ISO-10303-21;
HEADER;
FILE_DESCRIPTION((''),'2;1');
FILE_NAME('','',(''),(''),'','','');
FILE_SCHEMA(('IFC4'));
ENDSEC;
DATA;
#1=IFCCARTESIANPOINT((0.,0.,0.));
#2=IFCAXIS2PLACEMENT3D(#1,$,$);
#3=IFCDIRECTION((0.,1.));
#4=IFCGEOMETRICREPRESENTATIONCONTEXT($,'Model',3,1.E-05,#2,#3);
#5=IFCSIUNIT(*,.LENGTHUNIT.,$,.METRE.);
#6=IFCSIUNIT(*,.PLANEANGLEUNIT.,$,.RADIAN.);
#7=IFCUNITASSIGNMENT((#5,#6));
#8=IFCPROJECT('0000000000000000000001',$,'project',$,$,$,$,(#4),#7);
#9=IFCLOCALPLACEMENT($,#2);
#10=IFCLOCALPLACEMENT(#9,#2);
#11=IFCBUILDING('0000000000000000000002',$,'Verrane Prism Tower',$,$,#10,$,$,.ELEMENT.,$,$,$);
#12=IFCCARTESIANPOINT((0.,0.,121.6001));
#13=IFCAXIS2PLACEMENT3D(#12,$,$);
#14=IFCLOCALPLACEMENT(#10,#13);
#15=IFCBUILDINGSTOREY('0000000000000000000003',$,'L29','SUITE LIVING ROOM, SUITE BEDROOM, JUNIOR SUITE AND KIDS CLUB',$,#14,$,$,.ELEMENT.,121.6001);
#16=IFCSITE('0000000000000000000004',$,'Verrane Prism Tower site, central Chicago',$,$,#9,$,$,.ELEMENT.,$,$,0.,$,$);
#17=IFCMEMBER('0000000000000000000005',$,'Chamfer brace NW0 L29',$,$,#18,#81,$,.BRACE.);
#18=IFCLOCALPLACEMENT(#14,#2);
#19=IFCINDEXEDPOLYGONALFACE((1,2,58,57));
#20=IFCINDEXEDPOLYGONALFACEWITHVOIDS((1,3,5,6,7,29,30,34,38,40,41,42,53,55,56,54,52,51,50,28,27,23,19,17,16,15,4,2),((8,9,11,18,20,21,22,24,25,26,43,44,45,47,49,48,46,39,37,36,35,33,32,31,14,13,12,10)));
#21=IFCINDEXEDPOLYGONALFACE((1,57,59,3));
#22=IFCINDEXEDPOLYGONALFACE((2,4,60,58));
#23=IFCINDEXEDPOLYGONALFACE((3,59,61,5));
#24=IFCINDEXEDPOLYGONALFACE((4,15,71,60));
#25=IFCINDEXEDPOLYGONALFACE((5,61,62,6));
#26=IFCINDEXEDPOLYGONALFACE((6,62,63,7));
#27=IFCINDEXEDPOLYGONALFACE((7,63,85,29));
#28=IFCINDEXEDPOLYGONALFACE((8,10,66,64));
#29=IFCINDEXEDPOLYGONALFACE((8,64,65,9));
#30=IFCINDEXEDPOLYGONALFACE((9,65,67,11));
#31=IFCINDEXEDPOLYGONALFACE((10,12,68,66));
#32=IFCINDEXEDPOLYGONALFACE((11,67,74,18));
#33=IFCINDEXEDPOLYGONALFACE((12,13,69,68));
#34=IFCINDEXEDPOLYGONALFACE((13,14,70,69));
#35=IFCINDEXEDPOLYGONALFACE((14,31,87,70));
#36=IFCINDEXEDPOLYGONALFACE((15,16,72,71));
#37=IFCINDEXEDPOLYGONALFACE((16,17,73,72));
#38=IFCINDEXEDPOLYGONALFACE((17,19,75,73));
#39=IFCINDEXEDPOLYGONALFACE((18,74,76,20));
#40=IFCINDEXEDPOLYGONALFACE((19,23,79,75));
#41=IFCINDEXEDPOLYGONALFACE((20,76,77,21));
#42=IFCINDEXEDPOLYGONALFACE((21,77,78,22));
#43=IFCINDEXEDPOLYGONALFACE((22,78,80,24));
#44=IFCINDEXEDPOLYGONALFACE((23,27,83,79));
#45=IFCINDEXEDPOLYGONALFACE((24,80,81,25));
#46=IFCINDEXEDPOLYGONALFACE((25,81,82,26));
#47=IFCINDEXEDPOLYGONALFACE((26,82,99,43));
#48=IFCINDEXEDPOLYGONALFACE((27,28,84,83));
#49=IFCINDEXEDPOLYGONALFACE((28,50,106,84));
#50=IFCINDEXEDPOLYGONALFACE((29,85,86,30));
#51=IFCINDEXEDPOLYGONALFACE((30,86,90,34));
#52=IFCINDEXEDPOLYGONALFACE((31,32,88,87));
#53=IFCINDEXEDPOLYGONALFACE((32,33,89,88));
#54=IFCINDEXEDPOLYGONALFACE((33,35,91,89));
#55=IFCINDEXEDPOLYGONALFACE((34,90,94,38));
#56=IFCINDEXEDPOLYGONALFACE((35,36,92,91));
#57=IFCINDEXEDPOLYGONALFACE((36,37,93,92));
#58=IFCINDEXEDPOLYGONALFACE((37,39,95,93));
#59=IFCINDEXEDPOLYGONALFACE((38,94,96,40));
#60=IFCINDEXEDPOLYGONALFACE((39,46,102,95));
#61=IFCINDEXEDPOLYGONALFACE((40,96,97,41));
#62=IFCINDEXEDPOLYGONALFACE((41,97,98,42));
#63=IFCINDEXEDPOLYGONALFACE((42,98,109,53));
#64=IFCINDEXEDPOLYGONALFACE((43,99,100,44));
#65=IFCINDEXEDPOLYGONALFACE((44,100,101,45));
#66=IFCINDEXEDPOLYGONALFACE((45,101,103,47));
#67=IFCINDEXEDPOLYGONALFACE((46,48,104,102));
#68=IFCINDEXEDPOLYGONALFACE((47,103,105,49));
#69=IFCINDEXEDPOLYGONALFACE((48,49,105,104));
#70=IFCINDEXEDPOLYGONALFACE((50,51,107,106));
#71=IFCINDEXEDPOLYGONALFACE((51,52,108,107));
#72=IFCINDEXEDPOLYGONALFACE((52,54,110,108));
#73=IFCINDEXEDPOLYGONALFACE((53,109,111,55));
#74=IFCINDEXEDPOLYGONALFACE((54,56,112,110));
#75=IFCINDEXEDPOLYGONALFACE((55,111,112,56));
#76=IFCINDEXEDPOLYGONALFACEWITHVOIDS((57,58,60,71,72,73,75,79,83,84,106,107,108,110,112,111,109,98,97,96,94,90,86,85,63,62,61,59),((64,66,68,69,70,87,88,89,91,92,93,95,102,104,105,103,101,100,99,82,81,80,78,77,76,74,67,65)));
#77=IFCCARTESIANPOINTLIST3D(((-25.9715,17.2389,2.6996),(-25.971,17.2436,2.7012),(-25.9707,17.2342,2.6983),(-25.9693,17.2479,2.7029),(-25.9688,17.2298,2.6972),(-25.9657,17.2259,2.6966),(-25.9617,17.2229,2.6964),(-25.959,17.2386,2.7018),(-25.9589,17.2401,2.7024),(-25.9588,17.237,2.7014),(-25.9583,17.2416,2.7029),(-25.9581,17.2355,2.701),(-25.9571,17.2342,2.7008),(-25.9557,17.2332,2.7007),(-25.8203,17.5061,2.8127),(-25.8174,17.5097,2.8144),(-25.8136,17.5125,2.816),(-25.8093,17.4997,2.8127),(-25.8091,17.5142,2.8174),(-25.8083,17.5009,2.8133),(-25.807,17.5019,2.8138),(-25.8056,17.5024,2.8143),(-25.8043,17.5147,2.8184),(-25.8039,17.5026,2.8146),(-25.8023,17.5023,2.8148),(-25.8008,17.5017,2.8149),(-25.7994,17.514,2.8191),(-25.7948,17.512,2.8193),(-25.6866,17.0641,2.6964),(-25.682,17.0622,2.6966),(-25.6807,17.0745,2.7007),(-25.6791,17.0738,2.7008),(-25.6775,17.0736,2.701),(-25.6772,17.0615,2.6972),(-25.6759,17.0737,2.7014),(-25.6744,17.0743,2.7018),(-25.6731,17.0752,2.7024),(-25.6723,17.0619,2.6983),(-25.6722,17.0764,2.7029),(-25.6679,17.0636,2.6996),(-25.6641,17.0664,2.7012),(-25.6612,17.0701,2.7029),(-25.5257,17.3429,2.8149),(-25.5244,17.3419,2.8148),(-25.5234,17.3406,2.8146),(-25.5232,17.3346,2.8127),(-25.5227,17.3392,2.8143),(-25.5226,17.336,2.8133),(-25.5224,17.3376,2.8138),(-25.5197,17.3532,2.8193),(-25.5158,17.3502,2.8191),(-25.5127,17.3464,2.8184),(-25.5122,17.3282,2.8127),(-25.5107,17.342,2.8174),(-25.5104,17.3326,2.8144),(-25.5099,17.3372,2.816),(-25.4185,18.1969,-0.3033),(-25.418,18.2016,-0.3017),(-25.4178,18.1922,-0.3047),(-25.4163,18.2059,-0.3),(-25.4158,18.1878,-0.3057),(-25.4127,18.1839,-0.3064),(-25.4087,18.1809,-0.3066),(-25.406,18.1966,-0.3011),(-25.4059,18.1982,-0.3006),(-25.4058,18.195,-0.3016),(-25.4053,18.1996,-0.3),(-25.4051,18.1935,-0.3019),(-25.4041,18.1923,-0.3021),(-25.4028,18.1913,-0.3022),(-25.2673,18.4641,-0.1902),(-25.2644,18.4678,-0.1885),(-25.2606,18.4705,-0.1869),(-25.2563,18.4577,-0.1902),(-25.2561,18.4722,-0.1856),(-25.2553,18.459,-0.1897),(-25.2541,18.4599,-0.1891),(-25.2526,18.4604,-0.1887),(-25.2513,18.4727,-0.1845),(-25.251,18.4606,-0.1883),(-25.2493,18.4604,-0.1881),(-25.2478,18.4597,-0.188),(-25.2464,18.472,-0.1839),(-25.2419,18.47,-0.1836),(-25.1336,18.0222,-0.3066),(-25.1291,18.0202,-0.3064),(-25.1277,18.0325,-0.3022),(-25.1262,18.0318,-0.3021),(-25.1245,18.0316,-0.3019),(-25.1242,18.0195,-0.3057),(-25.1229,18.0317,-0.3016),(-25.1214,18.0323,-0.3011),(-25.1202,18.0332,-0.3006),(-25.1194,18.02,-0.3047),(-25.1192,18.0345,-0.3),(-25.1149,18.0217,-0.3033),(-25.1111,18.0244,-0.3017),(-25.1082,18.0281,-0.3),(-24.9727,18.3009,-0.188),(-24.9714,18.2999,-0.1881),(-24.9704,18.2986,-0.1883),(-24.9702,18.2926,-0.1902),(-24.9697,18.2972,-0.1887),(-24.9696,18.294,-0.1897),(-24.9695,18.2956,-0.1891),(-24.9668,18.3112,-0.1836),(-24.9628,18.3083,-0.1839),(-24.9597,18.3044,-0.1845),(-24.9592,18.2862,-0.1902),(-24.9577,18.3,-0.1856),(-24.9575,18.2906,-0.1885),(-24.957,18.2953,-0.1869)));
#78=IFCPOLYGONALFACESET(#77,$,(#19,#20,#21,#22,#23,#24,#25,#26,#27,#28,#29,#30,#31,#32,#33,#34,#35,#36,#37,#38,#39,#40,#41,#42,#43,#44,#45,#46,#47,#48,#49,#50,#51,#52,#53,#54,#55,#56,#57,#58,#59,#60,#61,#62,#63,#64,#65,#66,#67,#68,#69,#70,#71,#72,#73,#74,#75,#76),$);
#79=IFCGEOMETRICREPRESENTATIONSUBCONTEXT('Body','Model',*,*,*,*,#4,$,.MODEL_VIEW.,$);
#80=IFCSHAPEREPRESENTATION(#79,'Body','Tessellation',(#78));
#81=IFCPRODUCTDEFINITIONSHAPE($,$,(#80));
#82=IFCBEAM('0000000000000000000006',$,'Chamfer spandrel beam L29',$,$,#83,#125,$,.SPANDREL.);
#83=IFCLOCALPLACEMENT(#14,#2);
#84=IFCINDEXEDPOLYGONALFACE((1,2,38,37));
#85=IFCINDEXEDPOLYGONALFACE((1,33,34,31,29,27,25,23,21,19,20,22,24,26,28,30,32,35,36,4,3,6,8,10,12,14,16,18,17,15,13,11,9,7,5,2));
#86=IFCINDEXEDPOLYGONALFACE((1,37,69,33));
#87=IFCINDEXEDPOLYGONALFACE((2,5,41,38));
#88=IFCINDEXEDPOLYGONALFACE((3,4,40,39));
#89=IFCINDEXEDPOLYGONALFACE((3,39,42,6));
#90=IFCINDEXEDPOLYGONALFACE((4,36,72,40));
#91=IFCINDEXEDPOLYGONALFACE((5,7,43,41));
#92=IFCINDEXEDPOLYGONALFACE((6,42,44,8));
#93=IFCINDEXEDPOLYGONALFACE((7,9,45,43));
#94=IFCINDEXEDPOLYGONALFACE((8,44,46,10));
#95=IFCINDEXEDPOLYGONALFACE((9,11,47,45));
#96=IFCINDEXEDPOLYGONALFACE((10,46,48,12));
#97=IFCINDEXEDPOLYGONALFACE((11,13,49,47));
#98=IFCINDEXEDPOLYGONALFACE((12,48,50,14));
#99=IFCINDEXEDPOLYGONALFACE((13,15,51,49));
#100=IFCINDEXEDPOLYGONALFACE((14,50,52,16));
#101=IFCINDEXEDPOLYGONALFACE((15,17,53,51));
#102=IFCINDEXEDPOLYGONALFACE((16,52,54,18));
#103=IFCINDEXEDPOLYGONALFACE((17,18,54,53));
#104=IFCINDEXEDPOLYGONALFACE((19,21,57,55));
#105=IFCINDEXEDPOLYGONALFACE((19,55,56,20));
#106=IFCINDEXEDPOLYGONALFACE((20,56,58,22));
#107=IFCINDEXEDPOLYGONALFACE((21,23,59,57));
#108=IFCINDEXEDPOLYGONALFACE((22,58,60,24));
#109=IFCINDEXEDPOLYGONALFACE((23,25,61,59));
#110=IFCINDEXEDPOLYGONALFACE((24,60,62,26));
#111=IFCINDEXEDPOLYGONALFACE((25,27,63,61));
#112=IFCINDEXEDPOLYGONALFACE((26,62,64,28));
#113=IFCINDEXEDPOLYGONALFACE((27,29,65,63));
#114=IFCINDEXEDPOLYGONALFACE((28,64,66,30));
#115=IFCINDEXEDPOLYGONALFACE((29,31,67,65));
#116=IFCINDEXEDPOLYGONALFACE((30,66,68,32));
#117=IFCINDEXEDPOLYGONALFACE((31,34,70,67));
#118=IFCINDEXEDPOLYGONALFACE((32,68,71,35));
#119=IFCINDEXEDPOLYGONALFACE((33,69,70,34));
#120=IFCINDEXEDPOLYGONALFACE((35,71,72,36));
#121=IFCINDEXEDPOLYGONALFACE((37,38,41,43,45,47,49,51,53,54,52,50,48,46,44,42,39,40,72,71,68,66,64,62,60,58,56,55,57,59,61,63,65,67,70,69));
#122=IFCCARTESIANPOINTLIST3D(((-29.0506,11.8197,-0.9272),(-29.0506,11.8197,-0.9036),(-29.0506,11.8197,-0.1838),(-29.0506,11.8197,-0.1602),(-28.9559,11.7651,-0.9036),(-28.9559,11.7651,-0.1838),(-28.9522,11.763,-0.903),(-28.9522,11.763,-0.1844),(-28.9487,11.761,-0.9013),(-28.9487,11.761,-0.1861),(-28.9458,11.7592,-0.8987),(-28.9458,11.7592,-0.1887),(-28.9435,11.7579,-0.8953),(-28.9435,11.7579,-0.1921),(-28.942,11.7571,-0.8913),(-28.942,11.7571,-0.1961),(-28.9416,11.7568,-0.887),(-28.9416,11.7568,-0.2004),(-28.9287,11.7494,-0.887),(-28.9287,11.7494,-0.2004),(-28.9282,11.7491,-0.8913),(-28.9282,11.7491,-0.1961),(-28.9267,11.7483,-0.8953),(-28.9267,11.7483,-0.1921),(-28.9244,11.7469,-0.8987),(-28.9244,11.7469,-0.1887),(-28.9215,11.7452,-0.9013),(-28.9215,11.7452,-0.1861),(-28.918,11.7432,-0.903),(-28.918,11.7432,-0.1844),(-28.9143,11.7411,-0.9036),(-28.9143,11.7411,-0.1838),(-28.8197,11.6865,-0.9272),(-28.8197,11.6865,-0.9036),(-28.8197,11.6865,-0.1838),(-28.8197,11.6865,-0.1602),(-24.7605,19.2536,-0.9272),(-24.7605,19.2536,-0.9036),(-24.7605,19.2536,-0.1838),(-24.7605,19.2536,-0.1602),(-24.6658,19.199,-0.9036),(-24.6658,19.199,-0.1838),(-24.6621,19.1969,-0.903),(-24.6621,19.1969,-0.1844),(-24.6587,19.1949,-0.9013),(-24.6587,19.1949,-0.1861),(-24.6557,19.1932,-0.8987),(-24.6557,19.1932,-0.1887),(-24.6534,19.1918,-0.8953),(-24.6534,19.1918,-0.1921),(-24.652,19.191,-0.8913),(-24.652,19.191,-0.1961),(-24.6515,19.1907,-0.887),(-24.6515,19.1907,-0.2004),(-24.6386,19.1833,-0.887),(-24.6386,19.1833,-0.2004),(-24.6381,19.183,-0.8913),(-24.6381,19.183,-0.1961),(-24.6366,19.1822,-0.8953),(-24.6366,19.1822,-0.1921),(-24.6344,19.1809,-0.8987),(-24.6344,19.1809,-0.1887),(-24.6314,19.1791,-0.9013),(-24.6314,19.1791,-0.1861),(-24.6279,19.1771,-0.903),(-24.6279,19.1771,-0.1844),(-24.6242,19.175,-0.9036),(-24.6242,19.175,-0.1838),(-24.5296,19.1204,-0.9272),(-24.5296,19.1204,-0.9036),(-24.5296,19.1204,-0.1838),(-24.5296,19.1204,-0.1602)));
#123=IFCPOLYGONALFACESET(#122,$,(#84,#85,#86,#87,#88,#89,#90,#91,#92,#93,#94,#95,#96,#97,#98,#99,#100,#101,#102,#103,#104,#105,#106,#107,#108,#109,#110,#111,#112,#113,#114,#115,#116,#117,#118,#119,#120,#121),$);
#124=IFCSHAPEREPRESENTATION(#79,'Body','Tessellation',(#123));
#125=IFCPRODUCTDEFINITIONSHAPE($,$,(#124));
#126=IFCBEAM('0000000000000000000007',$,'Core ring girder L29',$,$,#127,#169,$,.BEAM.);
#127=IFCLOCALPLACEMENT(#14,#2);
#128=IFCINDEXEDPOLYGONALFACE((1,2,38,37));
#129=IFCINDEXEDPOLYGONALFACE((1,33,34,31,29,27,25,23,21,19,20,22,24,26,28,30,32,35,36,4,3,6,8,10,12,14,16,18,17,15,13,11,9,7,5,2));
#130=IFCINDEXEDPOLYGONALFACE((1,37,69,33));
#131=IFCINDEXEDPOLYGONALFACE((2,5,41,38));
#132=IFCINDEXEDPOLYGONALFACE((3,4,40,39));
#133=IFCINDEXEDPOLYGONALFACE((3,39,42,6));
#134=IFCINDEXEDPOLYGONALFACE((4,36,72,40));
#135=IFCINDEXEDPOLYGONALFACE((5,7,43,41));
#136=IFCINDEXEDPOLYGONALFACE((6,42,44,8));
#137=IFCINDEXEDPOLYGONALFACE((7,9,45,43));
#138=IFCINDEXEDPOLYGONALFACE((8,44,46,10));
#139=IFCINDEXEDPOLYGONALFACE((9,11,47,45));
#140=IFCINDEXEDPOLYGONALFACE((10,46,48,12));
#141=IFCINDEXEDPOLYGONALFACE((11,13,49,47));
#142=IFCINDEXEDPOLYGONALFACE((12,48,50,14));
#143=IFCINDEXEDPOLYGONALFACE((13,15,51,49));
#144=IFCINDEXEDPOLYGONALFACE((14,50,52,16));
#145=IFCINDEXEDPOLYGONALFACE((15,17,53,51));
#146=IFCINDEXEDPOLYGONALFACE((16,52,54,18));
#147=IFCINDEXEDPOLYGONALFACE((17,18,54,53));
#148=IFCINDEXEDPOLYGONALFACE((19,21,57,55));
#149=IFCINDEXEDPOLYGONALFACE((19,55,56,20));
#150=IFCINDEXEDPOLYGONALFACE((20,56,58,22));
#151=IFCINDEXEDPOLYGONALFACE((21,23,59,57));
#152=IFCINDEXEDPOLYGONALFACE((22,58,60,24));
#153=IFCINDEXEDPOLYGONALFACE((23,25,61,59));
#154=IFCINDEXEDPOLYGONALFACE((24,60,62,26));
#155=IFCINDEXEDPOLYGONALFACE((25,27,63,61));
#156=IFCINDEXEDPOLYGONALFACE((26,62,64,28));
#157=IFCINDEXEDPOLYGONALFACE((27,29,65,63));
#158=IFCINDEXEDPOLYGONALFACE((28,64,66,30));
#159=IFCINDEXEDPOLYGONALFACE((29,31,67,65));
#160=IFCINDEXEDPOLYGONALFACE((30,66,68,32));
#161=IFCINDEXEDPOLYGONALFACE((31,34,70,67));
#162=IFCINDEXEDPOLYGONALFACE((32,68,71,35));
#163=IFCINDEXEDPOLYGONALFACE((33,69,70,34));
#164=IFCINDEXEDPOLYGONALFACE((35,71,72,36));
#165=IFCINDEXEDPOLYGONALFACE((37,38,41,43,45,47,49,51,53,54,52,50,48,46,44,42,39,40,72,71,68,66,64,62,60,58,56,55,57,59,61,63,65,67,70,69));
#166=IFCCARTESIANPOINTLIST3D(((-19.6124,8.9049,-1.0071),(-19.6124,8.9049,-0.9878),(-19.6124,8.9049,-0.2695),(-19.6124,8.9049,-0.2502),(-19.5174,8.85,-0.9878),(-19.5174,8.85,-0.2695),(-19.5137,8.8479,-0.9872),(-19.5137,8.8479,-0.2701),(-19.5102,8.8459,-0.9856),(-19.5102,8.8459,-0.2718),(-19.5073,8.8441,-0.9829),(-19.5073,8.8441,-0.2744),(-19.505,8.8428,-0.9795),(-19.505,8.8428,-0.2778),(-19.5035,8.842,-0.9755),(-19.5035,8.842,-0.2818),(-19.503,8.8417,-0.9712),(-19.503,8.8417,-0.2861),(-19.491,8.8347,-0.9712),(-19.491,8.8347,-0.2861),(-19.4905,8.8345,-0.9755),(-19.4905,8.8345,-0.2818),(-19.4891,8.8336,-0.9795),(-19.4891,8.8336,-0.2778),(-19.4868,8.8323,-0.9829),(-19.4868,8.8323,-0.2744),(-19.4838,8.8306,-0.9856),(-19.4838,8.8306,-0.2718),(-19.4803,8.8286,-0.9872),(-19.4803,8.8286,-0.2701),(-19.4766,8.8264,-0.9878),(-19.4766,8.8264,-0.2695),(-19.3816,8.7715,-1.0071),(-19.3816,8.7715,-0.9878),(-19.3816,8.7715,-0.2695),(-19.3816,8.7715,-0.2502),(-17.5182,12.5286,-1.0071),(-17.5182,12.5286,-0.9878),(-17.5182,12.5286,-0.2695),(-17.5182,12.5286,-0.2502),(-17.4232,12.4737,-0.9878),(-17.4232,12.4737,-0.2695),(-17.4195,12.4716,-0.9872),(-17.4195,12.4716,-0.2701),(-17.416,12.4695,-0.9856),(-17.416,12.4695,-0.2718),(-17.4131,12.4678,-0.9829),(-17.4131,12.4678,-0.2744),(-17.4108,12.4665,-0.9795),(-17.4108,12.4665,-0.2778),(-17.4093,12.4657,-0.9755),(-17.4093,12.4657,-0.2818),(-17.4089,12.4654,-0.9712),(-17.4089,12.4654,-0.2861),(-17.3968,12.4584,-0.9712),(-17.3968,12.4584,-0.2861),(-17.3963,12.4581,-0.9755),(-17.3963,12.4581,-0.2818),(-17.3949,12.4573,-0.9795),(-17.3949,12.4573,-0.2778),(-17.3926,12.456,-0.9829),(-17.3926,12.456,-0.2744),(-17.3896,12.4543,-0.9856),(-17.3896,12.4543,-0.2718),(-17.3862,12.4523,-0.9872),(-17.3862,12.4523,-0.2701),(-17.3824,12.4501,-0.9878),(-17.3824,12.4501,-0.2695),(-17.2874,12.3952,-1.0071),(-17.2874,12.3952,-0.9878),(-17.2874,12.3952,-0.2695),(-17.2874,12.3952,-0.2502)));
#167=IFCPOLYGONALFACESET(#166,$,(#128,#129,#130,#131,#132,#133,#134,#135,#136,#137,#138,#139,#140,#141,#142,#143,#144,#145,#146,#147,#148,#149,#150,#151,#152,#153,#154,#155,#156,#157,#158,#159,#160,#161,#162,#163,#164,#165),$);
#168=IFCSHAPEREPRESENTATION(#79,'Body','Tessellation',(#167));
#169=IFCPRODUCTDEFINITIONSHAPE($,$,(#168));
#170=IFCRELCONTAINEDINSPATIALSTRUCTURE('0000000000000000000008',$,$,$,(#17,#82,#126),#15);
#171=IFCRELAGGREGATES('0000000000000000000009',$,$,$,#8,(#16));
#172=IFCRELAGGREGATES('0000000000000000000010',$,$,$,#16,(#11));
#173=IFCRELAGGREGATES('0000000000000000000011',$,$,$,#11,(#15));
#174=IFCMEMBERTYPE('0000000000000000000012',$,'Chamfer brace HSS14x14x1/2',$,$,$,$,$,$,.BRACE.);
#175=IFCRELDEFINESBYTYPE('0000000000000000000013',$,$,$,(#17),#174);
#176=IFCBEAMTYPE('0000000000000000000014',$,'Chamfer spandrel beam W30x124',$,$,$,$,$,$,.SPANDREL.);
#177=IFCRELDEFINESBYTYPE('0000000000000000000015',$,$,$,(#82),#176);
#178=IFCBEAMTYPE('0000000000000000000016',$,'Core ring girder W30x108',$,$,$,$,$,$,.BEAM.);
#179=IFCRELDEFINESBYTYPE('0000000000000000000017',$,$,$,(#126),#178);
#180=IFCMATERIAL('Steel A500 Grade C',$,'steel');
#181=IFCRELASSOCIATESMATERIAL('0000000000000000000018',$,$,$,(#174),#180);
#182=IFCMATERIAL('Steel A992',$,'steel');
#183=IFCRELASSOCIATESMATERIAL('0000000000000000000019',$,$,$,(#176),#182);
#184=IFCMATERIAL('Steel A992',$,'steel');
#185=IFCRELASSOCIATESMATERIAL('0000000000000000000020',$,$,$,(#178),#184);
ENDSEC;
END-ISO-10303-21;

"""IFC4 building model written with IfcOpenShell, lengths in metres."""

from ifc_helpers import new_model, si_unit, direction, frame, origin, origin_2d, place, context, subcontext, project, spatial, hollow_rectangle, i_section, extrude, material, material_profile, profile_set, type_object, element, save


model = new_model("IFC4")

# Units and contexts
model_context = context("Model", 3, precision=1e-05, world=origin(), true_north=direction((0.0, 1.0)))
body_context = subcontext(model_context, "Body", "Model", "MODEL_VIEW")
ifc_project = project(units=[si_unit("LENGTHUNIT", "METRE"), si_unit("PLANEANGLEUNIT", "RADIAN")], contexts=[model_context])

# Site, building, storey
site_placement = place(None, origin())
site = spatial("IfcSite", under=ifc_project, at=site_placement, Name="Verrane Prism Tower site, central Chicago", CompositionType="ELEMENT", RefElevation=0.0)
building_placement = place(site_placement, origin())
building = spatial("IfcBuilding", under=site, at=building_placement, Name="Verrane Prism Tower", CompositionType="ELEMENT")
storey_placement = place(building_placement, frame((0.0, 0.0, 121.6001)))
storey = spatial("IfcBuildingStorey", under=building, at=storey_placement, Name="L29", Description="SUITE LIVING ROOM, SUITE BEDROOM, JUNIOR SUITE AND KIDS CLUB", CompositionType="ELEMENT", Elevation=121.6001)

# Member
ifc_material_1 = material(Name="Steel A500 Grade C", Category="steel")
ifc_material_profile_1 = material_profile(ifc_material_1, hollow_rectangle(XDim=0.3557, YDim=0.3557, WallThickness=0.0127, InnerFilletRadius=0.0063, OuterFilletRadius=0.019, at=origin_2d()), Name="HSS14x14x1/2")
ifc_profile_set_1 = profile_set([ifc_material_profile_1], Name="Steel A500 Grade C")
member_type_1 = type_object("IfcMemberType", Name="Chamfer brace HSS14x14x1/2", PredefinedType="BRACE", material=ifc_profile_set_1)
member_1_placement = place(storey_placement, frame((-25.1877, 18.2461, -0.2451), z_axis=(-0.172796, -0.299361, 0.938363), x_axis=(0.866075, -0.499914, 0.0)))
element("IfcMember", 1, at=member_1_placement, inside=storey, type_object=member_type_1, Name="Chamfer brace NW0 L29", PredefinedType="BRACE", context=body_context, shape_type="SweptSolid", body=[
    extrude(hollow_rectangle(XDim=0.3557, YDim=0.3557, WallThickness=0.0127, InnerFilletRadius=0.0063, OuterFilletRadius=0.019, at=origin_2d()), origin(), (0.0, 0.0, 1.0), 3.2002),
])

# Beams
ifc_material_2 = material(Name="Steel A992", Category="steel")
ifc_material_profile_2 = material_profile(ifc_material_2, i_section(OverallWidth=0.2666, OverallDepth=0.7671, WebThickness=0.0149, FlangeThickness=0.0237, FilletRadius=0.0166, at=origin_2d()), Name="W30x124")
ifc_profile_set_2 = profile_set([ifc_material_profile_2], Name="Steel A992")
beam_type_1 = type_object("IfcBeamType", Name="Chamfer spandrel beam W30x124", PredefinedType="SPANDREL", material=ifc_profile_set_2)
beam_1_placement = place(storey_placement, frame((-24.645, 19.187, -0.5437), z_axis=(-0.499835, -0.866121, 0.0), x_axis=(0.866121, -0.499835, 0.0)))
element("IfcBeam", 2, at=beam_1_placement, inside=storey, type_object=beam_type_1, Name="Chamfer spandrel beam L29", PredefinedType="SPANDREL", context=body_context, shape_type="SweptSolid", body=[
    extrude(i_section(OverallWidth=0.2666, OverallDepth=0.7671, WebThickness=0.0149, FlangeThickness=0.0237, FilletRadius=0.0166, at=origin_2d()), origin(), (0.0, 0.0, 1.0), 8.583),
])
ifc_material_3 = material(Name="Steel A992", Category="steel")
ifc_material_profile_3 = material_profile(ifc_material_3, i_section(OverallWidth=0.2666, OverallDepth=0.7568, WebThickness=0.0139, FlangeThickness=0.0193, FilletRadius=0.0166, at=origin_2d()), Name="W30x108")
ifc_profile_set_3 = profile_set([ifc_material_profile_3], Name="Steel A992")
beam_type_2 = type_object("IfcBeamType", Name="Core ring girder W30x108", PredefinedType="BEAM", material=ifc_profile_set_3)
beam_2_placement = place(storey_placement, frame((-17.4028, 12.4619, -0.6287), z_axis=(-0.500367, -0.865813, 0.0), x_axis=(0.865813, -0.500367, 0.0)))
element("IfcBeam", 3, at=beam_2_placement, inside=storey, type_object=beam_type_2, Name="Core ring girder L29", PredefinedType="BEAM", context=body_context, shape_type="SweptSolid", body=[
    extrude(i_section(OverallWidth=0.2666, OverallDepth=0.7568, WebThickness=0.0139, FlangeThickness=0.0193, FilletRadius=0.0166, at=origin_2d()), origin(), (0.0, 0.0, 1.0), 4.1853),
])

save(model, "model.ifc")
